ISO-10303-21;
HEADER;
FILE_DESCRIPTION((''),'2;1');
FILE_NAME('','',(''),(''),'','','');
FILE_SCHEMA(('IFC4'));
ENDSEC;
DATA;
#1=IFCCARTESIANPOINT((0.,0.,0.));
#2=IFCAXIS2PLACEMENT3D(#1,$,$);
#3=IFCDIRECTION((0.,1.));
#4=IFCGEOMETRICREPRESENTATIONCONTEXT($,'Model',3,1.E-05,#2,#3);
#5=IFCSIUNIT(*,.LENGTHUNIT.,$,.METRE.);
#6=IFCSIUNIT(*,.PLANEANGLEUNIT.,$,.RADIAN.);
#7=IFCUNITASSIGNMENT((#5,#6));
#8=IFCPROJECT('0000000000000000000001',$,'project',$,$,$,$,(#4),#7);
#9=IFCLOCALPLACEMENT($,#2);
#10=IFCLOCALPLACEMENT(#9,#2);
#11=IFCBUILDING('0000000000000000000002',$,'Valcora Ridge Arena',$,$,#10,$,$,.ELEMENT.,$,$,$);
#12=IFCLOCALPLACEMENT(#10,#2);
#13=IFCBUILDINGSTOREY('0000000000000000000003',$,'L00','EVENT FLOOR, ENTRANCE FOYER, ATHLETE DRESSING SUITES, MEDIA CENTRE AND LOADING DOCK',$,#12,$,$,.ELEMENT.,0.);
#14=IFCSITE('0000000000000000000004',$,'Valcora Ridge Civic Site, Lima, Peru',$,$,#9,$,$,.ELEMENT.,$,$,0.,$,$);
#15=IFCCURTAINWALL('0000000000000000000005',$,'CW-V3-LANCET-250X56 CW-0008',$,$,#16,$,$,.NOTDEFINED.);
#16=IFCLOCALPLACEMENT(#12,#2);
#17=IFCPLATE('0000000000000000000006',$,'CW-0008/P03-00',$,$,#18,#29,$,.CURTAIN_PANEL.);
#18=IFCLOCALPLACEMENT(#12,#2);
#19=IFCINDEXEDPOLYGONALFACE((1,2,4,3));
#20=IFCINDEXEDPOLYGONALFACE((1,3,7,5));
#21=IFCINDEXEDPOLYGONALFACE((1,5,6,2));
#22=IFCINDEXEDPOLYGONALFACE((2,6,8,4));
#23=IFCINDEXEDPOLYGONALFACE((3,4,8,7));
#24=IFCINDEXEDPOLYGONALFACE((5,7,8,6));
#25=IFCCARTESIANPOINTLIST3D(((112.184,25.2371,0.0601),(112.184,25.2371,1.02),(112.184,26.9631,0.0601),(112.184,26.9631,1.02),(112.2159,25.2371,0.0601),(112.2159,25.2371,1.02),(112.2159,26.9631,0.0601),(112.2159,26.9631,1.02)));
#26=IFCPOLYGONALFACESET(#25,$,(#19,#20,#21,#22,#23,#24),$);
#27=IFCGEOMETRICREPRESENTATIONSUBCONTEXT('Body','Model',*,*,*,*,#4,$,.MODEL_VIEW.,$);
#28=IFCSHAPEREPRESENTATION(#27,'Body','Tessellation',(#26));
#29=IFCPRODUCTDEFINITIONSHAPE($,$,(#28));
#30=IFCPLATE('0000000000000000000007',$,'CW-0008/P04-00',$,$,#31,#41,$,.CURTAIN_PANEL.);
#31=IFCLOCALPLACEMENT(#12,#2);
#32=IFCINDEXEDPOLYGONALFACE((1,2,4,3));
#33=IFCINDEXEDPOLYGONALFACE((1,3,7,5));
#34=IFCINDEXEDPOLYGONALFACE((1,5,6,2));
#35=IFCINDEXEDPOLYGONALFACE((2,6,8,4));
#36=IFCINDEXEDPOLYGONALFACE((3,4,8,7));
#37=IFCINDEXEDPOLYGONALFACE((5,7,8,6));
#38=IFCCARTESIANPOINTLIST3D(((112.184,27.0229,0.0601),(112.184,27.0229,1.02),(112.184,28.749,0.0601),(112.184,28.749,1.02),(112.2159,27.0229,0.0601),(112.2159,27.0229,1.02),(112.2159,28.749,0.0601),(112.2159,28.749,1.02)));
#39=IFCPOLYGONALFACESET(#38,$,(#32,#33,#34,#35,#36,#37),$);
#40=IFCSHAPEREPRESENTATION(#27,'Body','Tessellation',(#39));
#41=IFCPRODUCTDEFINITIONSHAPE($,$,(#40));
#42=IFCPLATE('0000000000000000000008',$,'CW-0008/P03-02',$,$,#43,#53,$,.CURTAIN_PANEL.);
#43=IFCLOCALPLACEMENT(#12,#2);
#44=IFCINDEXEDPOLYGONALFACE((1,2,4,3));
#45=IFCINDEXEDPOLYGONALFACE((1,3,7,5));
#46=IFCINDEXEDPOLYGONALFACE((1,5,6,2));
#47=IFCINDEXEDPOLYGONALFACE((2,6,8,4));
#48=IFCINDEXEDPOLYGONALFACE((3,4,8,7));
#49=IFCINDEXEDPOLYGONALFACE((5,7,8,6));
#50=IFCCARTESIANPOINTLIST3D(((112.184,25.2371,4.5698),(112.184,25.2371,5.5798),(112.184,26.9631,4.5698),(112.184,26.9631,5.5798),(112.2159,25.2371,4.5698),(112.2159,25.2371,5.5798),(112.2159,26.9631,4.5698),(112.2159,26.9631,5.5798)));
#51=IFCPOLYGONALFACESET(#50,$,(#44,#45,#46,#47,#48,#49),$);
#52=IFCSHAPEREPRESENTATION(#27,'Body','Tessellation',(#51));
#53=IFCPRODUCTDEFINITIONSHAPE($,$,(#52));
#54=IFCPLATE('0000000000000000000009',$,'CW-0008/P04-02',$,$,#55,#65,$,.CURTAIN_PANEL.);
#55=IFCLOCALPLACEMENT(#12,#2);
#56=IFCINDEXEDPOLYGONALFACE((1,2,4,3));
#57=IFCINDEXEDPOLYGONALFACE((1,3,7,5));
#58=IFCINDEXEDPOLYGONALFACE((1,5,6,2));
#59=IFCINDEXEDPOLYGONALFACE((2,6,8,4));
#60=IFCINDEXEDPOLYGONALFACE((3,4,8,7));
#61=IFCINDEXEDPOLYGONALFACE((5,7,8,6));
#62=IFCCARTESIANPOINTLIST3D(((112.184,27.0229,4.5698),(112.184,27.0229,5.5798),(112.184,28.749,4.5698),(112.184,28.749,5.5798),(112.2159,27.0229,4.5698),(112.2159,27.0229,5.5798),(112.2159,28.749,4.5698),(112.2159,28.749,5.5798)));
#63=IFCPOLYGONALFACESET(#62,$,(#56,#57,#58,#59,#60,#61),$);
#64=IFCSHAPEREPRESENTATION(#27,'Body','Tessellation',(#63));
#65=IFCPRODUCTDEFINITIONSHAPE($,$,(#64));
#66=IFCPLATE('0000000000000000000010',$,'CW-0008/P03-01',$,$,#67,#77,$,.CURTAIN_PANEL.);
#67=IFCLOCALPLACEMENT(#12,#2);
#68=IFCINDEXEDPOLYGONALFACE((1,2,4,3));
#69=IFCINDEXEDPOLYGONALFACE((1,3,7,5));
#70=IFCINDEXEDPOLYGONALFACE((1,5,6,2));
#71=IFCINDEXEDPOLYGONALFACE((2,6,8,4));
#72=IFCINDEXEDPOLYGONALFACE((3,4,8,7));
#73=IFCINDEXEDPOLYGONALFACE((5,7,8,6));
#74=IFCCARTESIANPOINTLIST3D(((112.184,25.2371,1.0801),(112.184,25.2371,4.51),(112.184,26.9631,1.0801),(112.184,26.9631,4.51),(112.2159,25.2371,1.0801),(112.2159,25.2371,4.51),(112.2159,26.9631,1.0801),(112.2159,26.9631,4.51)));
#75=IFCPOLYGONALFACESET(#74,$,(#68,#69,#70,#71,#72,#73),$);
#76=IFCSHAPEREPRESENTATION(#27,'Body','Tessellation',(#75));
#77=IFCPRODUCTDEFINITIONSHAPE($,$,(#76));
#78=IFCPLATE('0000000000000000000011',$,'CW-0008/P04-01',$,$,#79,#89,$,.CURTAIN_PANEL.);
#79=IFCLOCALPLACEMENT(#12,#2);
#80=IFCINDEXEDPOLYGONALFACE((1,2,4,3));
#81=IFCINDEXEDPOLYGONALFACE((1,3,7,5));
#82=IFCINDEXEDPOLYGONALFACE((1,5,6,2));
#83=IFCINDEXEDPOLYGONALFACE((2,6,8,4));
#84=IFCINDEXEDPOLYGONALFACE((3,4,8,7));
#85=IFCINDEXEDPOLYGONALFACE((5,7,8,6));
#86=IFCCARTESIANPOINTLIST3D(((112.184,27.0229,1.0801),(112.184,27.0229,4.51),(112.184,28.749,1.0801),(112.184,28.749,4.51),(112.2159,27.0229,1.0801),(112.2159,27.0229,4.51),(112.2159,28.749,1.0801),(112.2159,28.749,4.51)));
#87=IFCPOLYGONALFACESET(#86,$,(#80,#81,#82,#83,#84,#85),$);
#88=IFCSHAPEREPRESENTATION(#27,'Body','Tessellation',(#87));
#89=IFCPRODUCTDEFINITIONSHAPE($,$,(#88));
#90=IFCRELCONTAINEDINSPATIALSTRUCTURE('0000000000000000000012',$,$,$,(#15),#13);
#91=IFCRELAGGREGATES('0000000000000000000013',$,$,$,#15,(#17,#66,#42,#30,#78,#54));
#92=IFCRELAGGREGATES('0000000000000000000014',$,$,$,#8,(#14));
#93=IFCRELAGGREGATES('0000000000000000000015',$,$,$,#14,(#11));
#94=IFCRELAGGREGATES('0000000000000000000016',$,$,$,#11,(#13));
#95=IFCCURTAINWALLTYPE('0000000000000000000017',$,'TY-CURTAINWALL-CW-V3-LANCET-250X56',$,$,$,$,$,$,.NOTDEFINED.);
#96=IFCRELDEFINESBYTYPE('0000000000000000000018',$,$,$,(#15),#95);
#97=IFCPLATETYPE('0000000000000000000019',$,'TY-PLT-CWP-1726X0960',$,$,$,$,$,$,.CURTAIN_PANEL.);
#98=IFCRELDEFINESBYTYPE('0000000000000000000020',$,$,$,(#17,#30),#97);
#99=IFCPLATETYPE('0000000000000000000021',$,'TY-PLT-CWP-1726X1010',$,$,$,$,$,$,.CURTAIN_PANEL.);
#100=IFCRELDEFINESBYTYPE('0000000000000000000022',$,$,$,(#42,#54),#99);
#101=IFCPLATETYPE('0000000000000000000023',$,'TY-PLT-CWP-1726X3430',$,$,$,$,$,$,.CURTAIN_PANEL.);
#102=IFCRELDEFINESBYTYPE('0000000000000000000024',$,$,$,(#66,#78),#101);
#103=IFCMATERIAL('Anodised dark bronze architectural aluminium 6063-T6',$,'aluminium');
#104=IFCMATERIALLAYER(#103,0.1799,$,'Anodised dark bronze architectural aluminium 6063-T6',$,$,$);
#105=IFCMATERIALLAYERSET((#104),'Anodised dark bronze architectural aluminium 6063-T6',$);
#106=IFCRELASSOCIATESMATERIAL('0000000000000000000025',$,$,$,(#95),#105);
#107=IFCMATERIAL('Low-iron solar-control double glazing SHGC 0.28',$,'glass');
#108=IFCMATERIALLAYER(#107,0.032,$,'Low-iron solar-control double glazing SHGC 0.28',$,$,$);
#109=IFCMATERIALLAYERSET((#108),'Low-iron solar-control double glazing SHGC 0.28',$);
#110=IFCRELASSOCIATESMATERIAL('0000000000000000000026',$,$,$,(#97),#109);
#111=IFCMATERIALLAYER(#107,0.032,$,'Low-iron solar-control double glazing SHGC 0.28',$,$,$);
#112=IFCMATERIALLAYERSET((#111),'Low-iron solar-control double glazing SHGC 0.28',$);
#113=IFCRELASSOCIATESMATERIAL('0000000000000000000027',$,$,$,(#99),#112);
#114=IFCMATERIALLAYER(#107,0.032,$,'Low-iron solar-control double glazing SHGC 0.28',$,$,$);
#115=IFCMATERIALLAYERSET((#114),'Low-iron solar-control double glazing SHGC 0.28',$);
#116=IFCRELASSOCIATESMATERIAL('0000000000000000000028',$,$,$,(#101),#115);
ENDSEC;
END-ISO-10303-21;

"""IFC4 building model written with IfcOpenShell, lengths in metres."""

from ifc_helpers import new_model, si_unit, direction, frame, origin, origin_2d, place, context, subcontext, project, spatial, rectangle, extrude, material, layer, layer_set, type_object, element, aggregate, save


model = new_model("IFC4")

# Units and contexts
model_context = context("Model", 3, precision=1e-05, world=origin(), true_north=direction((0.0, 1.0)))
body_context = subcontext(model_context, "Body", "Model", "MODEL_VIEW")
ifc_project = project(units=[si_unit("LENGTHUNIT", "METRE"), si_unit("PLANEANGLEUNIT", "RADIAN")], contexts=[model_context])

# Site, building, storey
site_placement = place(None, origin())
site = spatial("IfcSite", under=ifc_project, at=site_placement, Name="Valcora Ridge Civic Site, Lima, Peru", CompositionType="ELEMENT", RefElevation=0.0)
building_placement = place(site_placement, origin())
building = spatial("IfcBuilding", under=site, at=building_placement, Name="Valcora Ridge Arena", CompositionType="ELEMENT")
storey_placement = place(building_placement, origin())
storey = spatial("IfcBuildingStorey", under=building, at=storey_placement, Name="L00", Description="EVENT FLOOR, ENTRANCE FOYER, ATHLETE DRESSING SUITES, MEDIA CENTRE AND LOADING DOCK", CompositionType="ELEMENT", Elevation=0.0)

# Curtain wall, plates
ifc_material_1 = material(Name="Anodised dark bronze architectural aluminium 6063-T6", Category="aluminium")
ifc_layer_1 = layer(ifc_material_1, 0.1799, Name="Anodised dark bronze architectural aluminium 6063-T6")
ifc_layer_set_1 = layer_set([ifc_layer_1], Name="Anodised dark bronze architectural aluminium 6063-T6")
curtain_wall_type = type_object("IfcCurtainWallType", Name="TY-CURTAINWALL-CW-V3-LANCET-250X56", PredefinedType="NOTDEFINED", material=ifc_layer_set_1)
curtain_wall_placement = place(storey_placement, origin())
curtain_wall = element("IfcCurtainWall", 1, at=curtain_wall_placement, inside=storey, type_object=curtain_wall_type, Name="CW-V3-LANCET-250X56 CW-0008", PredefinedType="NOTDEFINED")
ifc_material_2 = material(Name="Low-iron solar-control double glazing SHGC 0.28", Category="glass")
ifc_layer_2 = layer(ifc_material_2, 0.032, Name="Low-iron solar-control double glazing SHGC 0.28")
ifc_layer_set_2 = layer_set([ifc_layer_2], Name="Low-iron solar-control double glazing SHGC 0.28")
plate_type_1 = type_object("IfcPlateType", Name="TY-PLT-CWP-1726X0960", PredefinedType="CURTAIN_PANEL", material=ifc_layer_set_2)
plate_1_placement = place(storey_placement, frame((112.2, 26.1001, 0.0601), z_axis=(0.0, 0.0, 1.0), x_axis=(0.0, 1.0, 0.0)))
plate_1 = element("IfcPlate", 2, at=plate_1_placement, type_object=plate_type_1, Name="CW-0008/P03-00", PredefinedType="CURTAIN_PANEL", context=body_context, shape_type="SweptSolid", body=[
    extrude(rectangle(XDim=1.7261, YDim=0.032, at=origin_2d()), origin(), (0.0, 0.0, 1.0), 0.96),
])
plate_2_placement = place(storey_placement, frame((112.2, 27.886, 0.0601), z_axis=(0.0, 0.0, 1.0), x_axis=(0.0, 1.0, 0.0)))
plate_2 = element("IfcPlate", 3, at=plate_2_placement, type_object=plate_type_1, Name="CW-0008/P04-00", PredefinedType="CURTAIN_PANEL", context=body_context, shape_type="SweptSolid", body=[
    extrude(rectangle(XDim=1.7261, YDim=0.032, at=origin_2d()), origin(), (0.0, 0.0, 1.0), 0.96),
])
ifc_layer_3 = layer(ifc_material_2, 0.032, Name="Low-iron solar-control double glazing SHGC 0.28")
ifc_layer_set_3 = layer_set([ifc_layer_3], Name="Low-iron solar-control double glazing SHGC 0.28")
plate_type_2 = type_object("IfcPlateType", Name="TY-PLT-CWP-1726X1010", PredefinedType="CURTAIN_PANEL", material=ifc_layer_set_3)
plate_3_placement = place(storey_placement, frame((112.2, 26.1001, 4.5698), z_axis=(0.0, 0.0, 1.0), x_axis=(0.0, 1.0, 0.0)))
plate_3 = element("IfcPlate", 4, at=plate_3_placement, type_object=plate_type_2, Name="CW-0008/P03-02", PredefinedType="CURTAIN_PANEL", context=body_context, shape_type="SweptSolid", body=[
    extrude(rectangle(XDim=1.7261, YDim=0.032, at=origin_2d()), origin(), (0.0, 0.0, 1.0), 1.01),
])
plate_4_placement = place(storey_placement, frame((112.2, 27.886, 4.5698), z_axis=(0.0, 0.0, 1.0), x_axis=(0.0, 1.0, 0.0)))
plate_4 = element("IfcPlate", 5, at=plate_4_placement, type_object=plate_type_2, Name="CW-0008/P04-02", PredefinedType="CURTAIN_PANEL", context=body_context, shape_type="SweptSolid", body=[
    extrude(rectangle(XDim=1.7261, YDim=0.032, at=origin_2d()), origin(), (0.0, 0.0, 1.0), 1.01),
])
ifc_layer_4 = layer(ifc_material_2, 0.032, Name="Low-iron solar-control double glazing SHGC 0.28")
ifc_layer_set_4 = layer_set([ifc_layer_4], Name="Low-iron solar-control double glazing SHGC 0.28")
plate_type_3 = type_object("IfcPlateType", Name="TY-PLT-CWP-1726X3430", PredefinedType="CURTAIN_PANEL", material=ifc_layer_set_4)
plate_5_placement = place(storey_placement, frame((112.2, 26.1001, 1.0801), z_axis=(0.0, 0.0, 1.0), x_axis=(0.0, 1.0, 0.0)))
plate_5 = element("IfcPlate", 6, at=plate_5_placement, type_object=plate_type_3, Name="CW-0008/P03-01", PredefinedType="CURTAIN_PANEL", context=body_context, shape_type="SweptSolid", body=[
    extrude(rectangle(XDim=1.7261, YDim=0.032, at=origin_2d()), origin(), (0.0, 0.0, 1.0), 3.4299),
])
plate_6_placement = place(storey_placement, frame((112.2, 27.886, 1.0801), z_axis=(0.0, 0.0, 1.0), x_axis=(0.0, 1.0, 0.0)))
plate_6 = element("IfcPlate", 7, at=plate_6_placement, type_object=plate_type_3, Name="CW-0008/P04-01", PredefinedType="CURTAIN_PANEL", context=body_context, shape_type="SweptSolid", body=[
    extrude(rectangle(XDim=1.7261, YDim=0.032, at=origin_2d()), origin(), (0.0, 0.0, 1.0), 3.4299),
])
aggregate(curtain_wall, [plate_1, plate_5, plate_3, plate_2, plate_6, plate_4])

save(model, "model.ifc")
